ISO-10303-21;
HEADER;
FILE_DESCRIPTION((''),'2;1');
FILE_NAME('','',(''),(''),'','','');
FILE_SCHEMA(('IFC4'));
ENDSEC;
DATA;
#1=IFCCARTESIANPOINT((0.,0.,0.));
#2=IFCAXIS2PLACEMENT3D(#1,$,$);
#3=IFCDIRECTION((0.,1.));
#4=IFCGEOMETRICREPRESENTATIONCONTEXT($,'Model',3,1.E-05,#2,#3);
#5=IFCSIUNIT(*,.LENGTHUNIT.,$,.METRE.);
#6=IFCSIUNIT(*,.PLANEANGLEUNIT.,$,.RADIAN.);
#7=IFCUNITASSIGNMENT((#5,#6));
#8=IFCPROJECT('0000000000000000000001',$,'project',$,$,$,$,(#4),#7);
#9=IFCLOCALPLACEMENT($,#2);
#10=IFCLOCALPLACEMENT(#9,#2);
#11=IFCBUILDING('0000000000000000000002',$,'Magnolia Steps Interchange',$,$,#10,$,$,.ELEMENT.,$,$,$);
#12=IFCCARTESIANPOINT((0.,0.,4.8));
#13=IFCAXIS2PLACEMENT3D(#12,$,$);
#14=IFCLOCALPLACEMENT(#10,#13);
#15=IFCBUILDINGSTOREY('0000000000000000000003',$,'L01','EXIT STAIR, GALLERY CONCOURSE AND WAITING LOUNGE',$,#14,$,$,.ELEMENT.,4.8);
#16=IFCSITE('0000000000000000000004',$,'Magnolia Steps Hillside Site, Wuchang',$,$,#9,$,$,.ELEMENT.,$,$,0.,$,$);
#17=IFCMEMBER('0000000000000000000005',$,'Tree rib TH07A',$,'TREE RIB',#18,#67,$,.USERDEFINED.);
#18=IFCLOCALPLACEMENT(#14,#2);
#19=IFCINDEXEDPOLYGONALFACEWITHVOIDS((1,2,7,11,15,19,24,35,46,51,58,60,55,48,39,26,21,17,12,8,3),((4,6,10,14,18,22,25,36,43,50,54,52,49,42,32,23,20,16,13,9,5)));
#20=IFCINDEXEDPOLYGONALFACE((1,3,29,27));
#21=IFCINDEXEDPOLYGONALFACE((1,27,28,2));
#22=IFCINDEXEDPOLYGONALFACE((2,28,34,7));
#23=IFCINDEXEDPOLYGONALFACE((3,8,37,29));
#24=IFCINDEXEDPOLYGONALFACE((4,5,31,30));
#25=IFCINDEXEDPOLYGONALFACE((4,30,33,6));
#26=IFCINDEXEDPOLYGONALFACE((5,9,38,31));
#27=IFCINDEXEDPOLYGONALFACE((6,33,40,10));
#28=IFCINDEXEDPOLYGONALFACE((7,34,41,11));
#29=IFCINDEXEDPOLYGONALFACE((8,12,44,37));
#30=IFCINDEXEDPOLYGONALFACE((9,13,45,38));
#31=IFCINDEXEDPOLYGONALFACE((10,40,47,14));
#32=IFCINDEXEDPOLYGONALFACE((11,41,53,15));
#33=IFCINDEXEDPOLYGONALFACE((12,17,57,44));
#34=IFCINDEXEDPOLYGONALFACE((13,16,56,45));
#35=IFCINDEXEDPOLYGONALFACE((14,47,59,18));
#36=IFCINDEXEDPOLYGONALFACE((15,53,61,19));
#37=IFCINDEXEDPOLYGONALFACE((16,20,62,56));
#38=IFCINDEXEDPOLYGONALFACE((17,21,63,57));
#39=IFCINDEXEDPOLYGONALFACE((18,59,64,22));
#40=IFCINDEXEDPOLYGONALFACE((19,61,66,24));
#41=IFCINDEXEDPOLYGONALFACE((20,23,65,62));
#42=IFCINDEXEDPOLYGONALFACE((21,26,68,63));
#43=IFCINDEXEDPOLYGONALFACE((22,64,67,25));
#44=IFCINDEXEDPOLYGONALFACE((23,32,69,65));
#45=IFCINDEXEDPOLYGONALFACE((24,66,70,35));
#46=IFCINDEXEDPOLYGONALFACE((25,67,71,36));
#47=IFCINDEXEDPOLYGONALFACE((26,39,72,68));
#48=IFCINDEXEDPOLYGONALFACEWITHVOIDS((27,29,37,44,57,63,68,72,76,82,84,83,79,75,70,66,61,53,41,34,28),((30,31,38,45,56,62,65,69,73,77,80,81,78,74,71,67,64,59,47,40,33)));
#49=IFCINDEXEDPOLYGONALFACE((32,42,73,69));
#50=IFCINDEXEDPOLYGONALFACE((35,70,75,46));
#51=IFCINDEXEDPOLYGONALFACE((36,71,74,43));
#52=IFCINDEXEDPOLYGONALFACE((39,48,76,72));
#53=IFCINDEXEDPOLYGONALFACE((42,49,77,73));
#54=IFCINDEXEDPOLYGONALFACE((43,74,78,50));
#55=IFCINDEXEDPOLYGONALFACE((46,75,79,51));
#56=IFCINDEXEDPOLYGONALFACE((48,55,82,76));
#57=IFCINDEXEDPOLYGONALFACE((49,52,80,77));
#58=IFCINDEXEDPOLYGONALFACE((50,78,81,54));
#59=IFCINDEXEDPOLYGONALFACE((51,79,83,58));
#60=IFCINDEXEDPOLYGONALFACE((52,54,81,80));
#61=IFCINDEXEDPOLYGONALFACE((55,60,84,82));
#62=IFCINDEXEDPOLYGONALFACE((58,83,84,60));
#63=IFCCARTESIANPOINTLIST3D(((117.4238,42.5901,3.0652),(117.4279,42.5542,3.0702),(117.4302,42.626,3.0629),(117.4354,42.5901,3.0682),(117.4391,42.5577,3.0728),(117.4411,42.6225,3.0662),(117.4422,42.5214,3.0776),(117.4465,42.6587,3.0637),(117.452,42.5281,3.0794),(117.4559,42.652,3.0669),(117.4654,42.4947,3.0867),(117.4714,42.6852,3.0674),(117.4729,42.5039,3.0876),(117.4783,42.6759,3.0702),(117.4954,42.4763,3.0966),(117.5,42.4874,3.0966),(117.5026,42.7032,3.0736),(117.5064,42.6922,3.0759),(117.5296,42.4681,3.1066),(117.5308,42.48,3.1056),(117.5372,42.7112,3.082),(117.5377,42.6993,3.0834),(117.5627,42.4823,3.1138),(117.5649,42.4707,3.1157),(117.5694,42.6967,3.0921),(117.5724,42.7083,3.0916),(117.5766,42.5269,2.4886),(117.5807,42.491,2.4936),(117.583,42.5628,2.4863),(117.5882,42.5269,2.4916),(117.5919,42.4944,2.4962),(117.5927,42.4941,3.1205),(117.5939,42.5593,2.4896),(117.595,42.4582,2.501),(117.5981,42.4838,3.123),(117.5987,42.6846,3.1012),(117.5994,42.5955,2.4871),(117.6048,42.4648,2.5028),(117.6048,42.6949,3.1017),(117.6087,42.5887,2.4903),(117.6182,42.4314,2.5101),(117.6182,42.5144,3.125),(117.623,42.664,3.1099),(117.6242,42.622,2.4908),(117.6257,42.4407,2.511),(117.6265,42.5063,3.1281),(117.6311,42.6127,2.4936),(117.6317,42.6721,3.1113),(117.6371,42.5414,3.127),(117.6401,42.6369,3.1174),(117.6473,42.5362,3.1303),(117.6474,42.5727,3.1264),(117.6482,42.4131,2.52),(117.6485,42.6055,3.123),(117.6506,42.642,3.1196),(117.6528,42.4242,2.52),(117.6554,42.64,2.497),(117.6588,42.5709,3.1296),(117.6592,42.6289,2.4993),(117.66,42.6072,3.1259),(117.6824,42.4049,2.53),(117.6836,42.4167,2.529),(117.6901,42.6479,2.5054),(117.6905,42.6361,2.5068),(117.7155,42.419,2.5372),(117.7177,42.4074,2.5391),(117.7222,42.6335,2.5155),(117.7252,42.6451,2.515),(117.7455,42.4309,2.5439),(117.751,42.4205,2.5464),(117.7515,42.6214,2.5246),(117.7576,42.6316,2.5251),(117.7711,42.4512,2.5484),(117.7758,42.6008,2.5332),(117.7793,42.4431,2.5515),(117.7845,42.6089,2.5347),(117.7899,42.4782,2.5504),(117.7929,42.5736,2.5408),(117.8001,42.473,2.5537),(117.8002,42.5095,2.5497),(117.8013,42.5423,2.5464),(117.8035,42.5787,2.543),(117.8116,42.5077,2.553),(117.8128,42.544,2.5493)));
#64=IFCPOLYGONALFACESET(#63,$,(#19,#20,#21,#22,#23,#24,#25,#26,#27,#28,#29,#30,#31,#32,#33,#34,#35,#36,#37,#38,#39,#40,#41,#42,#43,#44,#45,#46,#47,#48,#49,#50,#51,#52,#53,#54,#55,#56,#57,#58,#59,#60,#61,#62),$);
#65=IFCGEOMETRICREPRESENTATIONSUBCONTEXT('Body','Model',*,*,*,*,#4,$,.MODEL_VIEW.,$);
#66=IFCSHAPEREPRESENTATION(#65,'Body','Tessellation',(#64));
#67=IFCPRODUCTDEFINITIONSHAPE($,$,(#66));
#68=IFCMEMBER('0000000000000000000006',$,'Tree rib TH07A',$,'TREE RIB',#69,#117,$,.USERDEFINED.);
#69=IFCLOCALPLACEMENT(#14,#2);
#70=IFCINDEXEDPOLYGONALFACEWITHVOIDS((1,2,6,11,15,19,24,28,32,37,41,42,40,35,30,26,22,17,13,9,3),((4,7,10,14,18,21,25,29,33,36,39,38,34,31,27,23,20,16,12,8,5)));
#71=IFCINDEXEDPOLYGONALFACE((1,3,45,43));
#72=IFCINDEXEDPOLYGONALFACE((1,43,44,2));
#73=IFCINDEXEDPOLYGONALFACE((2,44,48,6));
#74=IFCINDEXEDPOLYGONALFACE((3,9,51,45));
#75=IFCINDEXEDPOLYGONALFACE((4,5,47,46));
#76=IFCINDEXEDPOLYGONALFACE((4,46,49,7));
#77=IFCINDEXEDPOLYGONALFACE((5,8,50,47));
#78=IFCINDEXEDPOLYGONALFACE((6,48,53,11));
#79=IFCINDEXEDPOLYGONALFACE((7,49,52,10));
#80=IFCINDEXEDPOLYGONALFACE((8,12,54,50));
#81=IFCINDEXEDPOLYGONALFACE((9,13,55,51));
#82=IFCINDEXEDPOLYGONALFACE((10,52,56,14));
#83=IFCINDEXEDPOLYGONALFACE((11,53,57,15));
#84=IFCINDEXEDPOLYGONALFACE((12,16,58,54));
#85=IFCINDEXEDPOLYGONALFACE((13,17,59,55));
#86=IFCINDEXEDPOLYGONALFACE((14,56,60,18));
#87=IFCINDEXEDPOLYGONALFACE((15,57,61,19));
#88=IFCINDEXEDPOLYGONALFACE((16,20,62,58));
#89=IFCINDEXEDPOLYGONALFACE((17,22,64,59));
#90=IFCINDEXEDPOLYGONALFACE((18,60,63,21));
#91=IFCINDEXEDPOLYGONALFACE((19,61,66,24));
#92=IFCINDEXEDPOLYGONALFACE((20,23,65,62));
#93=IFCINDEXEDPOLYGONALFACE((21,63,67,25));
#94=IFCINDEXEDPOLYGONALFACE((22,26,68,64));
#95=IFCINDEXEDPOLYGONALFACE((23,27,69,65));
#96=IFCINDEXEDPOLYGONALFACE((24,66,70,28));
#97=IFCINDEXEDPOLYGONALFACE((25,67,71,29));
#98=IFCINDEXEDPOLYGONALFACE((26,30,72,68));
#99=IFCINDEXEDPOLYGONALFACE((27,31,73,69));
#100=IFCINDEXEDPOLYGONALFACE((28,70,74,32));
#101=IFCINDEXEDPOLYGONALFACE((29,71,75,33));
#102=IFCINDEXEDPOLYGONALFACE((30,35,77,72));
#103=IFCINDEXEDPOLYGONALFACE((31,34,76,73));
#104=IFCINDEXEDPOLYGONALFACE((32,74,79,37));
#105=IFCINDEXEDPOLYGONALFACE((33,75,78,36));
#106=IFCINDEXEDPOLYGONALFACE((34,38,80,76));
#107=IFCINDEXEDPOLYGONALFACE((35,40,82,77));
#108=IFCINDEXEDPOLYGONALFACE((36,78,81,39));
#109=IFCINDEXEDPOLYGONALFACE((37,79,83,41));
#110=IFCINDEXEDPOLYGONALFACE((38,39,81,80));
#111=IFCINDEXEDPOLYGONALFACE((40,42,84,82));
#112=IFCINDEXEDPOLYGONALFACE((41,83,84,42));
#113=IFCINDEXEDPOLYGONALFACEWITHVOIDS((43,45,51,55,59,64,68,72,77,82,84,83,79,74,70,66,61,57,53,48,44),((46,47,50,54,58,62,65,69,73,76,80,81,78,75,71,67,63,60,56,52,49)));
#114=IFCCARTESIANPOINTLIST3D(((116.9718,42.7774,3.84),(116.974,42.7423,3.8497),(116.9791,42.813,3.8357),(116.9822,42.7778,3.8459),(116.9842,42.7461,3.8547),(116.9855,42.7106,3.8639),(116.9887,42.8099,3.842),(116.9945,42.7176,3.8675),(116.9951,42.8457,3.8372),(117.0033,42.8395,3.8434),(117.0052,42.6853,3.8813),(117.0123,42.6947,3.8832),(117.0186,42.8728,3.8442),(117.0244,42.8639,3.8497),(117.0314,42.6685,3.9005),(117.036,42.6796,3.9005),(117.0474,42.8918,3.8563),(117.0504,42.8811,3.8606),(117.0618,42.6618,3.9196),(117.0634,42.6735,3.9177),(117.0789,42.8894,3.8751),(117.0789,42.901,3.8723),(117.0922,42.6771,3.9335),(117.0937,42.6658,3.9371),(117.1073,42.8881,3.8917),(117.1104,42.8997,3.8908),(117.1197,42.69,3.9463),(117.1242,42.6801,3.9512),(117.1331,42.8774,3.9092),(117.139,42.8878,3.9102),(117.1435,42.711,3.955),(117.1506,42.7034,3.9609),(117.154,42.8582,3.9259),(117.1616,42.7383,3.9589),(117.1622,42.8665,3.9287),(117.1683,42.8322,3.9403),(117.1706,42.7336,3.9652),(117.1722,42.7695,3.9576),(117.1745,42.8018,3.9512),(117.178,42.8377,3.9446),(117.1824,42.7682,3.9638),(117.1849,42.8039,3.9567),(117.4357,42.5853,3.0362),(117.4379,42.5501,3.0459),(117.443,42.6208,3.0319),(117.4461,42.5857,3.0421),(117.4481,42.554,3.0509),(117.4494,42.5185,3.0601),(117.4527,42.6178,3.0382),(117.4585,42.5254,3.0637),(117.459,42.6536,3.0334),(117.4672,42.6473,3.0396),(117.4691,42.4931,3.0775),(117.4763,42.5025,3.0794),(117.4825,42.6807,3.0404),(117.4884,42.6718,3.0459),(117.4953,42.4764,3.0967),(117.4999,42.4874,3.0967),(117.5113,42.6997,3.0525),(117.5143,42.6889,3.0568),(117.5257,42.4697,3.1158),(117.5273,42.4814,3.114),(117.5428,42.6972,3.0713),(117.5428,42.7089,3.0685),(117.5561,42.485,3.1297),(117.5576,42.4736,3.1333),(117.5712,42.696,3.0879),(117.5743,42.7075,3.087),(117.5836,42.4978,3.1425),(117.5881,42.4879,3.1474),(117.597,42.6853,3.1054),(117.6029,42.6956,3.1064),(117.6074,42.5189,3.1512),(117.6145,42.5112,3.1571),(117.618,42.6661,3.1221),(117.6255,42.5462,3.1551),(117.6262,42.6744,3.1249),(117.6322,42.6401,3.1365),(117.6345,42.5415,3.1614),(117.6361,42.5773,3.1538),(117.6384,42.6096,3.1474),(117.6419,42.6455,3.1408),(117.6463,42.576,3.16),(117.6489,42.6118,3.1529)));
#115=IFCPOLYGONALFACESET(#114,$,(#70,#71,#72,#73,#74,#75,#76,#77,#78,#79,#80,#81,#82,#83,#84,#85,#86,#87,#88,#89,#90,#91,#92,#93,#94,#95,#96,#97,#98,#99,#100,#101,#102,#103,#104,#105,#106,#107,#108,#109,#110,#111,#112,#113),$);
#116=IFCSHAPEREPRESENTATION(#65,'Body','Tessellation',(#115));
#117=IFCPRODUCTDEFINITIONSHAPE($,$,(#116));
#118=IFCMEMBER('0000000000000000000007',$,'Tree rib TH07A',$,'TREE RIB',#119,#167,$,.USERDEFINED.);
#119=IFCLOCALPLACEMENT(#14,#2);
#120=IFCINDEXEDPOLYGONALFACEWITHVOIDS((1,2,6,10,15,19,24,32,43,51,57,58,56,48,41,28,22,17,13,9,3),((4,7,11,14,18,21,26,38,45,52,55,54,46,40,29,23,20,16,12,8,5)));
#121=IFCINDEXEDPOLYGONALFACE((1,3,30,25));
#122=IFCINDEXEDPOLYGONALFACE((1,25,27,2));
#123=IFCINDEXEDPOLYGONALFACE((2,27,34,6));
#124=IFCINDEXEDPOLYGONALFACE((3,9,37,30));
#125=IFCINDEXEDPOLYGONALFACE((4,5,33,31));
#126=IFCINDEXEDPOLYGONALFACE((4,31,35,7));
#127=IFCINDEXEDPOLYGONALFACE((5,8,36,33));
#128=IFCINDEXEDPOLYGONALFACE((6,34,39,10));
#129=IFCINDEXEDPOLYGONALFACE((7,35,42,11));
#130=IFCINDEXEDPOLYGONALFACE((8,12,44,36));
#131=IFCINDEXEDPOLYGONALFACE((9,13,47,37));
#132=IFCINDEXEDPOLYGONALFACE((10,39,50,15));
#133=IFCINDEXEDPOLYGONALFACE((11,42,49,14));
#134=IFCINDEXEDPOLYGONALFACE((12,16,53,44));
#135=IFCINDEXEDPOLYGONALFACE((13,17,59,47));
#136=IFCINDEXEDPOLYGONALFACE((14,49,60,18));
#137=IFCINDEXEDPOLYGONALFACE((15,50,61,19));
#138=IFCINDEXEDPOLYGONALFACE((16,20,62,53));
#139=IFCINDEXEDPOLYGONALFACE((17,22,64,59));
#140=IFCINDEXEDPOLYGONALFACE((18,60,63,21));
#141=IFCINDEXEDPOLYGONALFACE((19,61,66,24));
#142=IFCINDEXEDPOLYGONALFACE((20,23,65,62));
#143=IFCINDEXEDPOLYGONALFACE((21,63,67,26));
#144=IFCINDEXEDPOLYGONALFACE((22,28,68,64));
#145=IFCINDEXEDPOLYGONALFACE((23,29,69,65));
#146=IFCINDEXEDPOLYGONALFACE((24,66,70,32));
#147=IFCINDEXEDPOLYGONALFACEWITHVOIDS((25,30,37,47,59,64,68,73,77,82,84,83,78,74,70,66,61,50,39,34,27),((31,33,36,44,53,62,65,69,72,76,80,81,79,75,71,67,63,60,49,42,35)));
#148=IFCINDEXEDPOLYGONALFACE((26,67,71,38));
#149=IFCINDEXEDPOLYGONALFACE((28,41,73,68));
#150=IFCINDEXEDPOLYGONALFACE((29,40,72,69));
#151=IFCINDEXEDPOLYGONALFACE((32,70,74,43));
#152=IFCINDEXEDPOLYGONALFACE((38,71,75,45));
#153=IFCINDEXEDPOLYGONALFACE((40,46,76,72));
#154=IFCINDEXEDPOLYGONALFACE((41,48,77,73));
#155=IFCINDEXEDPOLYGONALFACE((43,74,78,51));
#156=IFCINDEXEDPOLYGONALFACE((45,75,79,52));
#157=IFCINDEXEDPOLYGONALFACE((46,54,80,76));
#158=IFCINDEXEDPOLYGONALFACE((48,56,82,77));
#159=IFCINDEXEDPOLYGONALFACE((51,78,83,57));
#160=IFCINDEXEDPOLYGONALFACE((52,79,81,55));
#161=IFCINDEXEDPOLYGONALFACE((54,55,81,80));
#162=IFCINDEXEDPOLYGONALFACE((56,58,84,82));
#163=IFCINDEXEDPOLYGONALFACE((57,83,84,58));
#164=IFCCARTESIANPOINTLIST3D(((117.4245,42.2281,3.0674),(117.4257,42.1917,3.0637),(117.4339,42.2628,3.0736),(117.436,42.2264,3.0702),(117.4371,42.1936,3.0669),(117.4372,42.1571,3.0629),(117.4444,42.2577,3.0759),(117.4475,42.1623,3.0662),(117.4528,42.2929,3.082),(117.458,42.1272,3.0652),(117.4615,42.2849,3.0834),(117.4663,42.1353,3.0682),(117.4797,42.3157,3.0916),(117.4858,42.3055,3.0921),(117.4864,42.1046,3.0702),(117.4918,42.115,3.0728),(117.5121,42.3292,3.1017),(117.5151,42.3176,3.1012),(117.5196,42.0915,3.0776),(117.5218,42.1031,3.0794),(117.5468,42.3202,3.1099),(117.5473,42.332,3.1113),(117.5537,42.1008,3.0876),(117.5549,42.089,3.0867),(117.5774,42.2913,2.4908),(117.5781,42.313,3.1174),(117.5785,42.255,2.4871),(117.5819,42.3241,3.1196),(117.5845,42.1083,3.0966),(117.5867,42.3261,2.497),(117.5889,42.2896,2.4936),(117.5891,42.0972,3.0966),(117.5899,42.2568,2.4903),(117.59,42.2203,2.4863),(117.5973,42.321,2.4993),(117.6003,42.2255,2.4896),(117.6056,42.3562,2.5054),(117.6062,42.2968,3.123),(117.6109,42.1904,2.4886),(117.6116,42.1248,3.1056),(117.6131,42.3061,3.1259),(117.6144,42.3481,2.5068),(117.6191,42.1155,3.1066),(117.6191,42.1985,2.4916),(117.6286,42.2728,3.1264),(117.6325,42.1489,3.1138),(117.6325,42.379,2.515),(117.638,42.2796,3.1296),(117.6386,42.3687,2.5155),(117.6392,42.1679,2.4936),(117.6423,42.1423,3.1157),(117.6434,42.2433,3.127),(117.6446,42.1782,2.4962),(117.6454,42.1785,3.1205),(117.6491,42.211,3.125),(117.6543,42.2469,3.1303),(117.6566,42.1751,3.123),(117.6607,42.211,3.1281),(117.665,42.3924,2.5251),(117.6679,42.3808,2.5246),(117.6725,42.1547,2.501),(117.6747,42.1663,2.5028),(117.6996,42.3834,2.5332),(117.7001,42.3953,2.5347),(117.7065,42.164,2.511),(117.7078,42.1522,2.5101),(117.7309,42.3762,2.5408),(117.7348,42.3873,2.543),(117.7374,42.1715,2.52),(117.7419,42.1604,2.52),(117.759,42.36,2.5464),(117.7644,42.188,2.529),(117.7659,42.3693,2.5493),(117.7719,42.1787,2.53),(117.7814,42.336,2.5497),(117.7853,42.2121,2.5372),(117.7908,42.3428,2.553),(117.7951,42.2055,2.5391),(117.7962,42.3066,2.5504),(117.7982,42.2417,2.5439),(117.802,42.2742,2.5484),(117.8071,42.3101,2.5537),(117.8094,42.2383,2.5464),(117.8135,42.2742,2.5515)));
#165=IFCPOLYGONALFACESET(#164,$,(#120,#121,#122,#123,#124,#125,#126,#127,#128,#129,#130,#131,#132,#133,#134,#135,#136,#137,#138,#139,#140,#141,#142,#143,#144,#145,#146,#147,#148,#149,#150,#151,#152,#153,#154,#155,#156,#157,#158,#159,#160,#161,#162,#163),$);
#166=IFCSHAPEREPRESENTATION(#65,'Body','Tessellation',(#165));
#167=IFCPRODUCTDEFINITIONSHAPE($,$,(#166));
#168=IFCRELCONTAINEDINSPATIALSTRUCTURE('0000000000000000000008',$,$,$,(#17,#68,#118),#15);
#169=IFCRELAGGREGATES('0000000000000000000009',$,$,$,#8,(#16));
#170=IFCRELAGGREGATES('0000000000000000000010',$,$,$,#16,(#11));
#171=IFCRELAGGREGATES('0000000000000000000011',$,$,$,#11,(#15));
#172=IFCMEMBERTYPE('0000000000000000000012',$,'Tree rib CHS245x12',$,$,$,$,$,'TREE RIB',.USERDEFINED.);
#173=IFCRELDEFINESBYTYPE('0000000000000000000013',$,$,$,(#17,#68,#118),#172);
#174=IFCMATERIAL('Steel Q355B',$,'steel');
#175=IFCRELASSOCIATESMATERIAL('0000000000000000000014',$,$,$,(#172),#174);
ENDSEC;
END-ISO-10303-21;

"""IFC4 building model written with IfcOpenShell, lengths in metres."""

from ifc_helpers import new_model, si_unit, direction, frame, origin, origin_2d, place, context, subcontext, project, spatial, hollow_circle, extrude, material, material_profile, profile_set, type_object, element, save


model = new_model("IFC4")

# Units and contexts
model_context = context("Model", 3, precision=1e-05, world=origin(), true_north=direction((0.0, 1.0)))
body_context = subcontext(model_context, "Body", "Model", "MODEL_VIEW")
ifc_project = project(units=[si_unit("LENGTHUNIT", "METRE"), si_unit("PLANEANGLEUNIT", "RADIAN")], contexts=[model_context])

# Site, building, storey
site_placement = place(None, origin())
site = spatial("IfcSite", under=ifc_project, at=site_placement, Name="Magnolia Steps Hillside Site, Wuchang", CompositionType="ELEMENT", RefElevation=0.0)
building_placement = place(site_placement, origin())
building = spatial("IfcBuilding", under=site, at=building_placement, Name="Magnolia Steps Interchange", CompositionType="ELEMENT")
storey_placement = place(building_placement, frame((0.0, 0.0, 4.8)))
storey = spatial("IfcBuildingStorey", under=building, at=storey_placement, Name="L01", Description="EXIT STAIR, GALLERY CONCOURSE AND WAITING LOUNGE", CompositionType="ELEMENT", Elevation=4.8)

# Members
ifc_material_1 = material(Name="Steel Q355B", Category="steel")
ifc_material_profile_1 = material_profile(ifc_material_1, hollow_circle(Radius=0.1226, WallThickness=0.012, at=origin_2d()), Name="CHS245x12")
ifc_profile_set_1 = profile_set([ifc_material_profile_1], Name="Steel Q355B")
member_type = type_object("IfcMemberType", Name="Tree rib CHS245x12", ElementType="TREE RIB", PredefinedType="USERDEFINED", material=ifc_profile_set_1)
member_1_placement = place(storey_placement, frame((117.6951, 42.5264, 2.52), z_axis=(-0.254758, 0.105403, 0.961243), x_axis=(-0.382308, -0.924035, 0.0)))
element("IfcMember", 1, at=member_1_placement, inside=storey, type_object=member_type, Name="Tree rib TH07A", ObjectType="TREE RIB", PredefinedType="USERDEFINED", context=body_context, shape_type="SweptSolid", body=[
    extrude(hollow_circle(Radius=0.1226, WallThickness=0.012, at=origin_2d()), origin(), (0.0, 0.0, 1.0), 0.5999),
])
member_2_placement = place(storey_placement, frame((117.5422, 42.5896, 3.0967), z_axis=(-0.489492, 0.202753, 0.848109), x_axis=(-0.382681, -0.923881, 0.0)))
element("IfcMember", 2, at=member_2_placement, inside=storey, type_object=member_type, Name="Tree rib TH07A", ObjectType="TREE RIB", PredefinedType="USERDEFINED", context=body_context, shape_type="SweptSolid", body=[
    extrude(hollow_circle(Radius=0.1226, WallThickness=0.012, at=origin_2d()), origin(), (0.0, 0.0, 1.0), 0.9478),
])
member_3_placement = place(storey_placement, frame((117.6951, 42.2737, 2.52), z_axis=(-0.254758, -0.105403, 0.961243), x_axis=(0.382308, -0.924035, 0.0)))
element("IfcMember", 3, at=member_3_placement, inside=storey, type_object=member_type, Name="Tree rib TH07A", ObjectType="TREE RIB", PredefinedType="USERDEFINED", context=body_context, shape_type="SweptSolid", body=[
    extrude(hollow_circle(Radius=0.1226, WallThickness=0.012, at=origin_2d()), origin(), (0.0, 0.0, 1.0), 0.5999),
])

save(model, "model.ifc")
